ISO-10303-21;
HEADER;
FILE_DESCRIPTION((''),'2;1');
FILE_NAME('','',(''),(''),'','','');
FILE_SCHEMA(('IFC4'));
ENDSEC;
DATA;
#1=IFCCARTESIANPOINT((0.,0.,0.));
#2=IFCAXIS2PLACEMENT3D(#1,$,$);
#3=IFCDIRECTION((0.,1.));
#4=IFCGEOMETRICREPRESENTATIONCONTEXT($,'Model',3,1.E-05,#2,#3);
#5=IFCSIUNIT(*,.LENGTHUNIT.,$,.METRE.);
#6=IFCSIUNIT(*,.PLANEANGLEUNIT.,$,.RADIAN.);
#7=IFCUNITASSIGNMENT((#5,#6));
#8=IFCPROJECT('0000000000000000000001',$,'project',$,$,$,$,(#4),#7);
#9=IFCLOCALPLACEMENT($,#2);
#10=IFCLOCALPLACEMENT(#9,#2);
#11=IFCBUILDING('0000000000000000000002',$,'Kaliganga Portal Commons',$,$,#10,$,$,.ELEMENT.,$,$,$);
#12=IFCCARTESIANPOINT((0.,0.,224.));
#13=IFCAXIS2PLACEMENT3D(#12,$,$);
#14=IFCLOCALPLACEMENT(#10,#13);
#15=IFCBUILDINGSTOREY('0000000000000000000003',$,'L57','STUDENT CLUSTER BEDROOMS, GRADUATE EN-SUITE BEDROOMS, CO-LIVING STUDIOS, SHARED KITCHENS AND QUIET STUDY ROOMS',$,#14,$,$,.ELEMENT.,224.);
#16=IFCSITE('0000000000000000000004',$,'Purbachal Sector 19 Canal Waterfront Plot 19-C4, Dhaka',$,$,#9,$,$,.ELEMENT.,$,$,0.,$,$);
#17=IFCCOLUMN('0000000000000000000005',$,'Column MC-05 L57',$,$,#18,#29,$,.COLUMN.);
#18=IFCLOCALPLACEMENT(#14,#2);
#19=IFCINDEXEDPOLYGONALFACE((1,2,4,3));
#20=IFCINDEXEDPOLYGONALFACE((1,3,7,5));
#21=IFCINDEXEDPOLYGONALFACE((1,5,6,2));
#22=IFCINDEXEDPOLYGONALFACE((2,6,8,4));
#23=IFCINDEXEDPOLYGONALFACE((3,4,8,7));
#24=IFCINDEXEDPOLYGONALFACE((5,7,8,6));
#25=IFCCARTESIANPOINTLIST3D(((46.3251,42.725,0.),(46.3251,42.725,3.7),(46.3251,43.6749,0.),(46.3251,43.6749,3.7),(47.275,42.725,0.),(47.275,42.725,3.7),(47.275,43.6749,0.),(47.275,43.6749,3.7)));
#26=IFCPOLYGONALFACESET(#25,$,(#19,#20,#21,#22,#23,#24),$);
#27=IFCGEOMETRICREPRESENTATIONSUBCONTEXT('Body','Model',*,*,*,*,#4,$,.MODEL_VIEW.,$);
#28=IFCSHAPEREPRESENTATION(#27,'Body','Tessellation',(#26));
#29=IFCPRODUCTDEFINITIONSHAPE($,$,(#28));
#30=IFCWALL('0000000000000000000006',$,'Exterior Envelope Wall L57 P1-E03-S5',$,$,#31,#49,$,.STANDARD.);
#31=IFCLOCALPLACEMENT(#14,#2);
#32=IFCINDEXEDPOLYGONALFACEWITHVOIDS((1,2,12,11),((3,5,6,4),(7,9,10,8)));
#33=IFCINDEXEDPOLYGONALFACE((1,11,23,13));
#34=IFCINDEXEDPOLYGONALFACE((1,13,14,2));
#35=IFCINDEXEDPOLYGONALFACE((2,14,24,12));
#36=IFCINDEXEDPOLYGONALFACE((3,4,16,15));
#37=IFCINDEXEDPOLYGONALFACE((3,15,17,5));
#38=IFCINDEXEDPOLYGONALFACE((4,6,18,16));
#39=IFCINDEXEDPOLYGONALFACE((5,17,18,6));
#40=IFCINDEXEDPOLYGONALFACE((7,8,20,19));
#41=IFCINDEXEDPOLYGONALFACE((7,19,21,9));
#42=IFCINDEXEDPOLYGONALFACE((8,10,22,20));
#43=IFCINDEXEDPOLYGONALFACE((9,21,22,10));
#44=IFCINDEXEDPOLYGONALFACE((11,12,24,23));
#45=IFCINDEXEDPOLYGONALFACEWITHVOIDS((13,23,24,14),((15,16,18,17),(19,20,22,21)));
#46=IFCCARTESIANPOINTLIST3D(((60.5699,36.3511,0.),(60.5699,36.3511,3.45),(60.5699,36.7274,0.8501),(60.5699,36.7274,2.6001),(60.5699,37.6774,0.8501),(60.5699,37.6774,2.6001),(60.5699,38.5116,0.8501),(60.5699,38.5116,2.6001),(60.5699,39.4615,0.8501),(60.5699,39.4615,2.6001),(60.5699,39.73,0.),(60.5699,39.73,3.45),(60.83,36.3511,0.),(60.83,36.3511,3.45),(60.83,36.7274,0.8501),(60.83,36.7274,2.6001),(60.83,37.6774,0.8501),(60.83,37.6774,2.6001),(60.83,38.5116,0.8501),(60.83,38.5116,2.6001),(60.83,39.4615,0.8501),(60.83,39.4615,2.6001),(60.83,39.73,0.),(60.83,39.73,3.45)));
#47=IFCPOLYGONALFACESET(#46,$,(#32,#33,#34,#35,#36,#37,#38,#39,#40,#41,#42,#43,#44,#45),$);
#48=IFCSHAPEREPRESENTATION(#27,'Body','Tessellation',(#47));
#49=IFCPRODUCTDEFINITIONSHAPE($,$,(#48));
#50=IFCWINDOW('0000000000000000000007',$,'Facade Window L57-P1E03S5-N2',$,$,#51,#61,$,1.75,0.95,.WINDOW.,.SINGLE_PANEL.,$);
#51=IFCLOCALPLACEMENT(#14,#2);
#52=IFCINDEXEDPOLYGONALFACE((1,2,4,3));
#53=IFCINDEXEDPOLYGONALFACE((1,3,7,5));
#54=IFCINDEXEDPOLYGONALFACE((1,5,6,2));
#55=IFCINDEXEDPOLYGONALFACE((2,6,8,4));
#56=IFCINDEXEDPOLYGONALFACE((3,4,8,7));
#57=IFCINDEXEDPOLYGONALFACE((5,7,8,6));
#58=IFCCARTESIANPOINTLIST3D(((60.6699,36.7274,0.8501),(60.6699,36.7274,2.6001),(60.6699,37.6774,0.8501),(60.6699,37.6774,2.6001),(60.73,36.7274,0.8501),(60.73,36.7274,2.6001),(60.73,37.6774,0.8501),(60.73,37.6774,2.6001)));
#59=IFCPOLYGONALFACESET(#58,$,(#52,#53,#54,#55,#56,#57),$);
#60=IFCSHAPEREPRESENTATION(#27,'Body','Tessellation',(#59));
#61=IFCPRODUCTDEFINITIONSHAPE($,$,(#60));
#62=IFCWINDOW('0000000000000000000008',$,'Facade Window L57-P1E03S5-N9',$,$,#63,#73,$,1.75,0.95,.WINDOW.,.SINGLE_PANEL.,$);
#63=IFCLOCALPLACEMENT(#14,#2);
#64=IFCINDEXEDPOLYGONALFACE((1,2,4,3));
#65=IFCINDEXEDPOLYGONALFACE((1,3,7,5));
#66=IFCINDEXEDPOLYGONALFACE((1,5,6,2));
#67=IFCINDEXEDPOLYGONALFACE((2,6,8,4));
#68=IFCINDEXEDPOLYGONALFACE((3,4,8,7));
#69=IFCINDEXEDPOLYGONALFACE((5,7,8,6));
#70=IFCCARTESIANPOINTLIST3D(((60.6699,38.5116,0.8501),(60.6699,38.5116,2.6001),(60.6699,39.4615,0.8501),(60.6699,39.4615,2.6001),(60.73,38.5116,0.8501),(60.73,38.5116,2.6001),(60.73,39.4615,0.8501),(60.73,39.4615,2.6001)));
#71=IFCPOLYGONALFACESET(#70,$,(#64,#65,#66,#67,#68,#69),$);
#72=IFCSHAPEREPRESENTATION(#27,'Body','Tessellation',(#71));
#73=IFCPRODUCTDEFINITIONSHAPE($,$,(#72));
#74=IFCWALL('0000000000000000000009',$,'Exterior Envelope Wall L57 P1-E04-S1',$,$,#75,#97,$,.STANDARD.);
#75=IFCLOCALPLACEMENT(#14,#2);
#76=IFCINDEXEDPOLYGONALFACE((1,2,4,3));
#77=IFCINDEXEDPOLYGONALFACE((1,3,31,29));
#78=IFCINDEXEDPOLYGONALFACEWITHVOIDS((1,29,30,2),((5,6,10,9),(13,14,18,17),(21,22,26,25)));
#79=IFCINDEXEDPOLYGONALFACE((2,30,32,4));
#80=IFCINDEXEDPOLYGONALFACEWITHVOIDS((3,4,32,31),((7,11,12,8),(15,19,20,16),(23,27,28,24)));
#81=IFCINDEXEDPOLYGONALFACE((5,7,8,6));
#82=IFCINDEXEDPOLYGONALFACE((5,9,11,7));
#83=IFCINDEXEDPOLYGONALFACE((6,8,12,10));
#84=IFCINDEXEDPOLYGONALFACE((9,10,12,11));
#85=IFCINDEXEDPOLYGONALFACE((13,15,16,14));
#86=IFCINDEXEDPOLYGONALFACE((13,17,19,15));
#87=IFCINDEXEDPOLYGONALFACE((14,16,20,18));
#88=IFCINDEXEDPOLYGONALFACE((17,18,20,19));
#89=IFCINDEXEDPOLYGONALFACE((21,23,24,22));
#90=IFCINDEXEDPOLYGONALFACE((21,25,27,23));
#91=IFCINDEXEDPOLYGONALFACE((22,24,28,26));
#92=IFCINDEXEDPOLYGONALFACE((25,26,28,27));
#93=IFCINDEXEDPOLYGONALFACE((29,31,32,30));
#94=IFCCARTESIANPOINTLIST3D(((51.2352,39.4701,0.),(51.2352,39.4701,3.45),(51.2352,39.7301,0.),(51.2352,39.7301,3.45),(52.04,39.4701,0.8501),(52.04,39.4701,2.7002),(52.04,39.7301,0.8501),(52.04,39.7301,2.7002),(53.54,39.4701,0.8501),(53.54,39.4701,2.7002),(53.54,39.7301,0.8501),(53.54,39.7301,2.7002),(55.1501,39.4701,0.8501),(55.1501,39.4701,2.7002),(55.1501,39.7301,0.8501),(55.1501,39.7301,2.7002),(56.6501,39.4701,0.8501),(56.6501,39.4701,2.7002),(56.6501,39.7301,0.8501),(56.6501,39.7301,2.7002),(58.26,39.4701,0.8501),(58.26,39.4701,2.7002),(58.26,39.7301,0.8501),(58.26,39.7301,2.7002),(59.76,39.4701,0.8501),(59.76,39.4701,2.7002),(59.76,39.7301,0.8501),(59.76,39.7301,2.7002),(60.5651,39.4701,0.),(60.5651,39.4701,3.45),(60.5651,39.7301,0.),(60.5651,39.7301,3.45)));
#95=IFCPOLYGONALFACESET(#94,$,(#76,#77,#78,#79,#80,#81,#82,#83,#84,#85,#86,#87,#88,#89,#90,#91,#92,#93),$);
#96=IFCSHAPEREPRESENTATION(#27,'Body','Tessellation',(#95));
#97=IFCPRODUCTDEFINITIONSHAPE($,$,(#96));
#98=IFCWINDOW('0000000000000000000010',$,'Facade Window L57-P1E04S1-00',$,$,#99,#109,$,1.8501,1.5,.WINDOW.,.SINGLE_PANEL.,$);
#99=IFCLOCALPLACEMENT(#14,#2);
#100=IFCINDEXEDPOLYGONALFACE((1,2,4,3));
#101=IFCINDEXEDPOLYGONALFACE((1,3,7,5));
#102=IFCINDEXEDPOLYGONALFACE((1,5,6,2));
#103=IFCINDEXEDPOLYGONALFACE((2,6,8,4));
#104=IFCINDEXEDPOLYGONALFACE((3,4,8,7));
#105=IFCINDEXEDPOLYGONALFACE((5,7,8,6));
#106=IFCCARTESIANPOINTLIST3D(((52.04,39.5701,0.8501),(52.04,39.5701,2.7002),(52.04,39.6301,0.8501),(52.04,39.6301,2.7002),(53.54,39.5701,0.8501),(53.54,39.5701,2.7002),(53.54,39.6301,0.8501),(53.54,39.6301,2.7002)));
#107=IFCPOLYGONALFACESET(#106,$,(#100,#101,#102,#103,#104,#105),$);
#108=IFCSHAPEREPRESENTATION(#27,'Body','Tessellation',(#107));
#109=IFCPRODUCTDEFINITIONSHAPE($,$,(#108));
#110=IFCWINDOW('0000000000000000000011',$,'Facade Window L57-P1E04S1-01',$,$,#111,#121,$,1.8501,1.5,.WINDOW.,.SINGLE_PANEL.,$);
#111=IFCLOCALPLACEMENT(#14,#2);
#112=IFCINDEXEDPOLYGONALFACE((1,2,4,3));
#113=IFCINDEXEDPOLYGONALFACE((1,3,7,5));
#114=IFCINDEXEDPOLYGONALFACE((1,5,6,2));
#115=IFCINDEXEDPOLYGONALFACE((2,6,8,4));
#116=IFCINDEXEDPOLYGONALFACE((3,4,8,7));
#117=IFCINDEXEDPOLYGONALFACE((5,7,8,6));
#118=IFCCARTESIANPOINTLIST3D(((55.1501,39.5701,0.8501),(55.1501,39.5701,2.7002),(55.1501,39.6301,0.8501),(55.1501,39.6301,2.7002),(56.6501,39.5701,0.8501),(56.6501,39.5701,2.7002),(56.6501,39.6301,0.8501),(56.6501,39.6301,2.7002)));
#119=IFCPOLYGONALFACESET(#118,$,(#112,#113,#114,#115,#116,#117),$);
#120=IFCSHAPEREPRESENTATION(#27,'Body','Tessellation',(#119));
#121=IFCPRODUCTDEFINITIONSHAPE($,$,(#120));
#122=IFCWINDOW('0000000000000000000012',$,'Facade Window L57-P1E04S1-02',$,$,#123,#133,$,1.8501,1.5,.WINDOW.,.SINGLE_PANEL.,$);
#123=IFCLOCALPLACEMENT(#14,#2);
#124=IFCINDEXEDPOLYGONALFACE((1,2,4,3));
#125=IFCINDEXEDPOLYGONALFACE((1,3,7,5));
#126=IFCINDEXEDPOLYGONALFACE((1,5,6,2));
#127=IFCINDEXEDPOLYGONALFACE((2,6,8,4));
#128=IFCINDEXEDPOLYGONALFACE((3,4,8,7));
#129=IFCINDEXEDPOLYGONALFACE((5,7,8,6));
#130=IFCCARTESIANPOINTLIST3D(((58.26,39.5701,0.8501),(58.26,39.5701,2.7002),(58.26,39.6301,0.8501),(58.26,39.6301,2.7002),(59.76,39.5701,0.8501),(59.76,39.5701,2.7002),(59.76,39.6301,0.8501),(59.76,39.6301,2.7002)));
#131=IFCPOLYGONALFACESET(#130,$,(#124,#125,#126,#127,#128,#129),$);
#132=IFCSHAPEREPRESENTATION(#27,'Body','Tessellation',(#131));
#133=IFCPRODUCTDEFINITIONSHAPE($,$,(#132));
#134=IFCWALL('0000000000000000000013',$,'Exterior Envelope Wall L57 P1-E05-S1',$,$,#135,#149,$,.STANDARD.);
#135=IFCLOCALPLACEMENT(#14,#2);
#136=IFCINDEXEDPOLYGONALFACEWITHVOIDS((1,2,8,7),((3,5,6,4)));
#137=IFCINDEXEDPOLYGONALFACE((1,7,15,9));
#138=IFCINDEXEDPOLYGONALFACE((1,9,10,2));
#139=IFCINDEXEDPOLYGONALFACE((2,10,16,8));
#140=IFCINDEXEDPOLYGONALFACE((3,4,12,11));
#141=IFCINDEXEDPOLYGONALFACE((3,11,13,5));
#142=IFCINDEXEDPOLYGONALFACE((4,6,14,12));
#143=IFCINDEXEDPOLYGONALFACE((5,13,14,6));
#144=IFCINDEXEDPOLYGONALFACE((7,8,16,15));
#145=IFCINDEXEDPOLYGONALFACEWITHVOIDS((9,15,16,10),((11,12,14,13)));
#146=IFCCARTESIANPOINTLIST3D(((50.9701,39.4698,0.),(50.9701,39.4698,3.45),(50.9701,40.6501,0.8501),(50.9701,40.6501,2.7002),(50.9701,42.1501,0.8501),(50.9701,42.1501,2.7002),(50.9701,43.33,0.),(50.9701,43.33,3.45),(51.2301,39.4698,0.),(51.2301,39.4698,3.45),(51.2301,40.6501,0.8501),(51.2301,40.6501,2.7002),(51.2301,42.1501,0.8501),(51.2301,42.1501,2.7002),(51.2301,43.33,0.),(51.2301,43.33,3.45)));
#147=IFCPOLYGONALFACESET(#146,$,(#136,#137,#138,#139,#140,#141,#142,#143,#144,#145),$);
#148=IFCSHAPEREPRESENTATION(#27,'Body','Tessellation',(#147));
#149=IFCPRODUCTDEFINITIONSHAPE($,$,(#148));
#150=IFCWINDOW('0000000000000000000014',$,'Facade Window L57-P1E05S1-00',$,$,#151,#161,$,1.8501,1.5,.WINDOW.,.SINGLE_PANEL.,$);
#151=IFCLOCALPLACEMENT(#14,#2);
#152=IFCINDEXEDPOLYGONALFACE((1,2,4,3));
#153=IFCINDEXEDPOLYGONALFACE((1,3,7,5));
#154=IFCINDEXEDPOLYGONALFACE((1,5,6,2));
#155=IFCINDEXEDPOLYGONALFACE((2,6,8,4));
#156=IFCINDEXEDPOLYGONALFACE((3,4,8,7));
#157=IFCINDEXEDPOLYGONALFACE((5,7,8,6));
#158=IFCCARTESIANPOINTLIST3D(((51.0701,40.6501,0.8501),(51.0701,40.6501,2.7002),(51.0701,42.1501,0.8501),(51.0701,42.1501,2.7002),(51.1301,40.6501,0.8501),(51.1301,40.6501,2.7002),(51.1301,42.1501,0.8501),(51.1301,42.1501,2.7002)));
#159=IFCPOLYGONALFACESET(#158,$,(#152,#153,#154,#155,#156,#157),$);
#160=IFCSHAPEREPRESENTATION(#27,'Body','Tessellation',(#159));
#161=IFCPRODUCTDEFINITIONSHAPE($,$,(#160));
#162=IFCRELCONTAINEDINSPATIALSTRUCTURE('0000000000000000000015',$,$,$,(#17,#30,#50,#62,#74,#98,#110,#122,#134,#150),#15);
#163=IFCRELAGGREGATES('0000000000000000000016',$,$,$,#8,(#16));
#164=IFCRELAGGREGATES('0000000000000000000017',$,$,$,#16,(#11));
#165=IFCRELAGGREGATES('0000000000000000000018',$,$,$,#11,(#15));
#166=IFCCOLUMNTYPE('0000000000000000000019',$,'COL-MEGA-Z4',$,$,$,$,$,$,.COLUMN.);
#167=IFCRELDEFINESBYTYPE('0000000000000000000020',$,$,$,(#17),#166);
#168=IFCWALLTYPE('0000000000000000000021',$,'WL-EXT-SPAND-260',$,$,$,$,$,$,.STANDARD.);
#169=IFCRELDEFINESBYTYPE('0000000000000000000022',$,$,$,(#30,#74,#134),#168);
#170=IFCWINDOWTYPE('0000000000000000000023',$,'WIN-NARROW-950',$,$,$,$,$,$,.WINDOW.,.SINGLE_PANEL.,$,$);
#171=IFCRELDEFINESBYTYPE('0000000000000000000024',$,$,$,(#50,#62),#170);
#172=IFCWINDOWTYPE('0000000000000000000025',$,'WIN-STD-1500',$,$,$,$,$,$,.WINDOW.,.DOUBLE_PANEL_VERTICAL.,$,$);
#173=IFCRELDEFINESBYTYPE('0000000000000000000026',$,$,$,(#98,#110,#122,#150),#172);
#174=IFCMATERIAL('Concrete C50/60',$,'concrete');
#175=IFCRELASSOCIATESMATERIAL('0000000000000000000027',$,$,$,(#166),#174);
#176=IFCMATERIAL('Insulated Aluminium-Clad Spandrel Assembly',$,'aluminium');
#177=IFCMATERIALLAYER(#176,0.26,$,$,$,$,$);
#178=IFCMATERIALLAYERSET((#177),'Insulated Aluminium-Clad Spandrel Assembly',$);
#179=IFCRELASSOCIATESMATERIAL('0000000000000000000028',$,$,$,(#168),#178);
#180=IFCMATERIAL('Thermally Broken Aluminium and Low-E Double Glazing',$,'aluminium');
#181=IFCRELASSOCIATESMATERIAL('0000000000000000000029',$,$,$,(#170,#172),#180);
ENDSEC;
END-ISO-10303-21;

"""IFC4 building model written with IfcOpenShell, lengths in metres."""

from ifc_helpers import new_model, si_unit, direction, frame, frame_2d, origin, origin_2d, place, context, subcontext, project, spatial, rectangle, extrude, source, transform, mapped, material, layer, layer_set, material_profile, profile_set, type_object, element, fill, save


model = new_model("IFC4")

# Units and contexts
model_context = context("Model", 3, precision=1e-05, world=origin(), true_north=direction((0.0, 1.0)))
body_context = subcontext(model_context, "Body", "Model", "MODEL_VIEW")
ifc_project = project(units=[si_unit("LENGTHUNIT", "METRE"), si_unit("PLANEANGLEUNIT", "RADIAN")], contexts=[model_context])

# Site, building, storey
site_placement = place(None, origin())
site = spatial("IfcSite", under=ifc_project, at=site_placement, Name="Purbachal Sector 19 Canal Waterfront Plot 19-C4, Dhaka", CompositionType="ELEMENT", RefElevation=0.0)
building_placement = place(site_placement, origin())
building = spatial("IfcBuilding", under=site, at=building_placement, Name="Kaliganga Portal Commons", CompositionType="ELEMENT")
storey_placement = place(building_placement, frame((0.0, 0.0, 224.0)))
storey = spatial("IfcBuildingStorey", under=building, at=storey_placement, Name="L57", Description="STUDENT CLUSTER BEDROOMS, GRADUATE EN-SUITE BEDROOMS, CO-LIVING STUDIOS, SHARED KITCHENS AND QUIET STUDY ROOMS", CompositionType="ELEMENT", Elevation=224.0)

# Column
ifc_material_1 = material(Name="Concrete C50/60", Category="concrete")
ifc_material_profile = material_profile(ifc_material_1, rectangle(XDim=0.95, YDim=0.95, at=origin_2d()), Name="RC 950x950")
ifc_profile_set = profile_set([ifc_material_profile], Name="Concrete C50/60")
column_type = type_object("IfcColumnType", Name="COL-MEGA-Z4", PredefinedType="COLUMN", material=ifc_profile_set)
shared_shape = source(origin(), body_context, "Body", "SweptSolid", [
    extrude(rectangle(XDim=0.95, YDim=0.95, at=origin_2d()), origin(), (0.0, 0.0, 1.0), 3.7),
])
column_placement = place(storey_placement, frame((46.8, 43.2, 0.0), z_axis=(0.0, 0.0, 1.0), x_axis=(1.0, 0.0, 0.0)))
element("IfcColumn", 1, at=column_placement, inside=storey, type_object=column_type, Name="Column MC-05 L57", PredefinedType="COLUMN", context=body_context, shape_type="MappedRepresentation", body=[
    mapped(shared_shape, transform((0.0, 0.0, 0.0), x_axis=(1.0, 0.0, 0.0), y_axis=(0.0, 1.0, 0.0), z_axis=(0.0, 0.0, 1.0), scale=1.0)),
])

# Walls, openings, windows
ifc_material_2 = material(Name="Insulated Aluminium-Clad Spandrel Assembly", Category="aluminium")
ifc_layer_1 = layer(ifc_material_2, 0.26)
ifc_layer_set_1 = layer_set([ifc_layer_1], Name="Insulated Aluminium-Clad Spandrel Assembly")
wall_type_1 = type_object("IfcWallType", Name="WL-EXT-SPAND-260", PredefinedType="STANDARD", material=ifc_layer_set_1)
wall_1_placement = place(storey_placement, frame((60.7, 39.73, 0.0), z_axis=(0.0, 0.0, 1.0), x_axis=(0.0, -1.0, 0.0)))
wall_1 = element("IfcWall", 2, at=wall_1_placement, inside=storey, type_object=wall_type_1, Name="Exterior Envelope Wall L57 P1-E03-S5", PredefinedType="STANDARD", context=body_context, shape_type="SweptSolid", body=[
    extrude(rectangle(XDim=3.3789, YDim=0.26, at=frame_2d((1.6895, 0.0))), origin(), (0.0, 0.0, 1.0), 3.45),
])
opening_1_placement = place(wall_1_placement, frame((2.0525, 0.0, 0.8501)))
opening_1 = element("IfcOpeningElement", 3, at=opening_1_placement, cuts=wall_1, PredefinedType="OPENING", context=body_context, shape_type="SweptSolid", body=[
    extrude(rectangle(XDim=0.95, YDim=1.75, at=frame_2d((0.4751, 0.875))), frame((0.0, 0.1401, 0.0), z_axis=(0.0, -1.0, 0.0), x_axis=(1.0, 0.0, 0.0)), (0.0, 0.0, 1.0), 0.28),
])
opening_2_placement = place(wall_1_placement, frame((0.2683, 0.0, 0.8501)))
opening_2 = element("IfcOpeningElement", 4, at=opening_2_placement, cuts=wall_1, PredefinedType="OPENING", context=body_context, shape_type="SweptSolid", body=[
    extrude(rectangle(XDim=0.95, YDim=1.75, at=frame_2d((0.4751, 0.875))), frame((0.0, 0.1401, 0.0), z_axis=(0.0, -1.0, 0.0), x_axis=(1.0, 0.0, 0.0)), (0.0, 0.0, 1.0), 0.28),
])
ifc_material_3 = material(Name="Thermally Broken Aluminium and Low-E Double Glazing", Category="aluminium")
window_type_1 = type_object("IfcWindowType", Name="WIN-NARROW-950", PartitioningType="SINGLE_PANEL", PredefinedType="WINDOW", material=ifc_material_3)
window_1_placement = place(opening_1_placement, origin())
window_1 = element("IfcWindow", 5, at=window_1_placement, inside=storey, type_object=window_type_1, Name="Facade Window L57-P1E03S5-N2", OverallHeight=1.75, OverallWidth=0.95, PartitioningType="SINGLE_PANEL", PredefinedType="WINDOW", context=body_context, shape_type="SweptSolid", body=[
    extrude(rectangle(XDim=0.95, YDim=1.75, at=frame_2d((0.4751, 0.875))), frame((0.0, 0.03, 0.0), z_axis=(0.0, -1.0, 0.0), x_axis=(1.0, 0.0, 0.0)), (0.0, 0.0, 1.0), 0.0601),
])
fill(opening_1, window_1)
window_2_placement = place(opening_2_placement, origin())
window_2 = element("IfcWindow", 6, at=window_2_placement, inside=storey, type_object=window_type_1, Name="Facade Window L57-P1E03S5-N9", OverallHeight=1.75, OverallWidth=0.95, PartitioningType="SINGLE_PANEL", PredefinedType="WINDOW", context=body_context, shape_type="SweptSolid", body=[
    extrude(rectangle(XDim=0.95, YDim=1.75, at=frame_2d((0.4751, 0.875))), frame((0.0, 0.03, 0.0), z_axis=(0.0, -1.0, 0.0), x_axis=(1.0, 0.0, 0.0)), (0.0, 0.0, 1.0), 0.0601),
])
fill(opening_2, window_2)
wall_2_placement = place(storey_placement, frame((51.2351, 39.6001, 0.0), z_axis=(0.0, 0.0, 1.0), x_axis=(1.0, 0.0, 0.0)))
wall_2 = element("IfcWall", 7, at=wall_2_placement, inside=storey, type_object=wall_type_1, Name="Exterior Envelope Wall L57 P1-E04-S1", PredefinedType="STANDARD", context=body_context, shape_type="SweptSolid", body=[
    extrude(rectangle(XDim=9.3298, YDim=0.26, at=frame_2d((4.665, 0.0))), origin(), (0.0, 0.0, 1.0), 3.45),
])
opening_3_placement = place(wall_2_placement, frame((0.8049, 0.0, 0.8501)))
opening_3 = element("IfcOpeningElement", 8, at=opening_3_placement, cuts=wall_2, PredefinedType="OPENING", context=body_context, shape_type="SweptSolid", body=[
    extrude(rectangle(XDim=1.5, YDim=1.8501, at=frame_2d((0.75, 0.925))), frame((0.0, 0.1401, 0.0), z_axis=(0.0, -1.0, 0.0), x_axis=(1.0, 0.0, 0.0)), (0.0, 0.0, 1.0), 0.28),
])
opening_4_placement = place(wall_2_placement, frame((3.915, 0.0, 0.8501)))
opening_4 = element("IfcOpeningElement", 9, at=opening_4_placement, cuts=wall_2, PredefinedType="OPENING", context=body_context, shape_type="SweptSolid", body=[
    extrude(rectangle(XDim=1.5, YDim=1.8501, at=frame_2d((0.75, 0.925))), frame((0.0, 0.1401, 0.0), z_axis=(0.0, -1.0, 0.0), x_axis=(1.0, 0.0, 0.0)), (0.0, 0.0, 1.0), 0.28),
])
opening_5_placement = place(wall_2_placement, frame((7.0249, 0.0, 0.8501)))
opening_5 = element("IfcOpeningElement", 10, at=opening_5_placement, cuts=wall_2, PredefinedType="OPENING", context=body_context, shape_type="SweptSolid", body=[
    extrude(rectangle(XDim=1.5, YDim=1.8501, at=frame_2d((0.75, 0.925))), frame((0.0, 0.1401, 0.0), z_axis=(0.0, -1.0, 0.0), x_axis=(1.0, 0.0, 0.0)), (0.0, 0.0, 1.0), 0.28),
])
window_type_2 = type_object("IfcWindowType", Name="WIN-STD-1500", PartitioningType="DOUBLE_PANEL_VERTICAL", PredefinedType="WINDOW", material=ifc_material_3)
window_3_placement = place(opening_3_placement, origin())
window_3 = element("IfcWindow", 11, at=window_3_placement, inside=storey, type_object=window_type_2, Name="Facade Window L57-P1E04S1-00", OverallHeight=1.8501, OverallWidth=1.5, PartitioningType="SINGLE_PANEL", PredefinedType="WINDOW", context=body_context, shape_type="SweptSolid", body=[
    extrude(rectangle(XDim=1.5, YDim=1.8501, at=frame_2d((0.75, 0.925))), frame((0.0, 0.03, 0.0), z_axis=(0.0, -1.0, 0.0), x_axis=(1.0, 0.0, 0.0)), (0.0, 0.0, 1.0), 0.0601),
])
fill(opening_3, window_3)
window_4_placement = place(opening_4_placement, origin())
window_4 = element("IfcWindow", 12, at=window_4_placement, inside=storey, type_object=window_type_2, Name="Facade Window L57-P1E04S1-01", OverallHeight=1.8501, OverallWidth=1.5, PartitioningType="SINGLE_PANEL", PredefinedType="WINDOW", context=body_context, shape_type="SweptSolid", body=[
    extrude(rectangle(XDim=1.5, YDim=1.8501, at=frame_2d((0.75, 0.925))), frame((0.0, 0.03, 0.0), z_axis=(0.0, -1.0, 0.0), x_axis=(1.0, 0.0, 0.0)), (0.0, 0.0, 1.0), 0.0601),
])
fill(opening_4, window_4)
window_5_placement = place(opening_5_placement, origin())
window_5 = element("IfcWindow", 13, at=window_5_placement, inside=storey, type_object=window_type_2, Name="Facade Window L57-P1E04S1-02", OverallHeight=1.8501, OverallWidth=1.5, PartitioningType="SINGLE_PANEL", PredefinedType="WINDOW", context=body_context, shape_type="SweptSolid", body=[
    extrude(rectangle(XDim=1.5, YDim=1.8501, at=frame_2d((0.75, 0.925))), frame((0.0, 0.03, 0.0), z_axis=(0.0, -1.0, 0.0), x_axis=(1.0, 0.0, 0.0)), (0.0, 0.0, 1.0), 0.0601),
])
fill(opening_5, window_5)

# Wall, opening, window
wall_3_placement = place(storey_placement, frame((51.1001, 43.3301, 0.0), z_axis=(0.0, 0.0, 1.0), x_axis=(0.0, -1.0, 0.0)))
wall_3 = element("IfcWall", 14, at=wall_3_placement, inside=storey, type_object=wall_type_1, Name="Exterior Envelope Wall L57 P1-E05-S1", PredefinedType="STANDARD", context=body_context, shape_type="SweptSolid", body=[
    extrude(rectangle(XDim=3.8601, YDim=0.26, at=frame_2d((1.9302, 0.0))), origin(), (0.0, 0.0, 1.0), 3.45),
])
opening_6_placement = place(wall_3_placement, frame((1.1799, 0.0, 0.8501)))
opening_6 = element("IfcOpeningElement", 15, at=opening_6_placement, cuts=wall_3, PredefinedType="OPENING", context=body_context, shape_type="SweptSolid", body=[
    extrude(rectangle(XDim=1.5, YDim=1.8501, at=frame_2d((0.75, 0.925))), frame((0.0, 0.1401, 0.0), z_axis=(0.0, -1.0, 0.0), x_axis=(1.0, 0.0, 0.0)), (0.0, 0.0, 1.0), 0.28),
])
window_6_placement = place(opening_6_placement, origin())
window_6 = element("IfcWindow", 16, at=window_6_placement, inside=storey, type_object=window_type_2, Name="Facade Window L57-P1E05S1-00", OverallHeight=1.8501, OverallWidth=1.5, PartitioningType="SINGLE_PANEL", PredefinedType="WINDOW", context=body_context, shape_type="SweptSolid", body=[
    extrude(rectangle(XDim=1.5, YDim=1.8501, at=frame_2d((0.75, 0.925))), frame((0.0, 0.03, 0.0), z_axis=(0.0, -1.0, 0.0), x_axis=(1.0, 0.0, 0.0)), (0.0, 0.0, 1.0), 0.0601),
])
fill(opening_6, window_6)

save(model, "model.ifc")
